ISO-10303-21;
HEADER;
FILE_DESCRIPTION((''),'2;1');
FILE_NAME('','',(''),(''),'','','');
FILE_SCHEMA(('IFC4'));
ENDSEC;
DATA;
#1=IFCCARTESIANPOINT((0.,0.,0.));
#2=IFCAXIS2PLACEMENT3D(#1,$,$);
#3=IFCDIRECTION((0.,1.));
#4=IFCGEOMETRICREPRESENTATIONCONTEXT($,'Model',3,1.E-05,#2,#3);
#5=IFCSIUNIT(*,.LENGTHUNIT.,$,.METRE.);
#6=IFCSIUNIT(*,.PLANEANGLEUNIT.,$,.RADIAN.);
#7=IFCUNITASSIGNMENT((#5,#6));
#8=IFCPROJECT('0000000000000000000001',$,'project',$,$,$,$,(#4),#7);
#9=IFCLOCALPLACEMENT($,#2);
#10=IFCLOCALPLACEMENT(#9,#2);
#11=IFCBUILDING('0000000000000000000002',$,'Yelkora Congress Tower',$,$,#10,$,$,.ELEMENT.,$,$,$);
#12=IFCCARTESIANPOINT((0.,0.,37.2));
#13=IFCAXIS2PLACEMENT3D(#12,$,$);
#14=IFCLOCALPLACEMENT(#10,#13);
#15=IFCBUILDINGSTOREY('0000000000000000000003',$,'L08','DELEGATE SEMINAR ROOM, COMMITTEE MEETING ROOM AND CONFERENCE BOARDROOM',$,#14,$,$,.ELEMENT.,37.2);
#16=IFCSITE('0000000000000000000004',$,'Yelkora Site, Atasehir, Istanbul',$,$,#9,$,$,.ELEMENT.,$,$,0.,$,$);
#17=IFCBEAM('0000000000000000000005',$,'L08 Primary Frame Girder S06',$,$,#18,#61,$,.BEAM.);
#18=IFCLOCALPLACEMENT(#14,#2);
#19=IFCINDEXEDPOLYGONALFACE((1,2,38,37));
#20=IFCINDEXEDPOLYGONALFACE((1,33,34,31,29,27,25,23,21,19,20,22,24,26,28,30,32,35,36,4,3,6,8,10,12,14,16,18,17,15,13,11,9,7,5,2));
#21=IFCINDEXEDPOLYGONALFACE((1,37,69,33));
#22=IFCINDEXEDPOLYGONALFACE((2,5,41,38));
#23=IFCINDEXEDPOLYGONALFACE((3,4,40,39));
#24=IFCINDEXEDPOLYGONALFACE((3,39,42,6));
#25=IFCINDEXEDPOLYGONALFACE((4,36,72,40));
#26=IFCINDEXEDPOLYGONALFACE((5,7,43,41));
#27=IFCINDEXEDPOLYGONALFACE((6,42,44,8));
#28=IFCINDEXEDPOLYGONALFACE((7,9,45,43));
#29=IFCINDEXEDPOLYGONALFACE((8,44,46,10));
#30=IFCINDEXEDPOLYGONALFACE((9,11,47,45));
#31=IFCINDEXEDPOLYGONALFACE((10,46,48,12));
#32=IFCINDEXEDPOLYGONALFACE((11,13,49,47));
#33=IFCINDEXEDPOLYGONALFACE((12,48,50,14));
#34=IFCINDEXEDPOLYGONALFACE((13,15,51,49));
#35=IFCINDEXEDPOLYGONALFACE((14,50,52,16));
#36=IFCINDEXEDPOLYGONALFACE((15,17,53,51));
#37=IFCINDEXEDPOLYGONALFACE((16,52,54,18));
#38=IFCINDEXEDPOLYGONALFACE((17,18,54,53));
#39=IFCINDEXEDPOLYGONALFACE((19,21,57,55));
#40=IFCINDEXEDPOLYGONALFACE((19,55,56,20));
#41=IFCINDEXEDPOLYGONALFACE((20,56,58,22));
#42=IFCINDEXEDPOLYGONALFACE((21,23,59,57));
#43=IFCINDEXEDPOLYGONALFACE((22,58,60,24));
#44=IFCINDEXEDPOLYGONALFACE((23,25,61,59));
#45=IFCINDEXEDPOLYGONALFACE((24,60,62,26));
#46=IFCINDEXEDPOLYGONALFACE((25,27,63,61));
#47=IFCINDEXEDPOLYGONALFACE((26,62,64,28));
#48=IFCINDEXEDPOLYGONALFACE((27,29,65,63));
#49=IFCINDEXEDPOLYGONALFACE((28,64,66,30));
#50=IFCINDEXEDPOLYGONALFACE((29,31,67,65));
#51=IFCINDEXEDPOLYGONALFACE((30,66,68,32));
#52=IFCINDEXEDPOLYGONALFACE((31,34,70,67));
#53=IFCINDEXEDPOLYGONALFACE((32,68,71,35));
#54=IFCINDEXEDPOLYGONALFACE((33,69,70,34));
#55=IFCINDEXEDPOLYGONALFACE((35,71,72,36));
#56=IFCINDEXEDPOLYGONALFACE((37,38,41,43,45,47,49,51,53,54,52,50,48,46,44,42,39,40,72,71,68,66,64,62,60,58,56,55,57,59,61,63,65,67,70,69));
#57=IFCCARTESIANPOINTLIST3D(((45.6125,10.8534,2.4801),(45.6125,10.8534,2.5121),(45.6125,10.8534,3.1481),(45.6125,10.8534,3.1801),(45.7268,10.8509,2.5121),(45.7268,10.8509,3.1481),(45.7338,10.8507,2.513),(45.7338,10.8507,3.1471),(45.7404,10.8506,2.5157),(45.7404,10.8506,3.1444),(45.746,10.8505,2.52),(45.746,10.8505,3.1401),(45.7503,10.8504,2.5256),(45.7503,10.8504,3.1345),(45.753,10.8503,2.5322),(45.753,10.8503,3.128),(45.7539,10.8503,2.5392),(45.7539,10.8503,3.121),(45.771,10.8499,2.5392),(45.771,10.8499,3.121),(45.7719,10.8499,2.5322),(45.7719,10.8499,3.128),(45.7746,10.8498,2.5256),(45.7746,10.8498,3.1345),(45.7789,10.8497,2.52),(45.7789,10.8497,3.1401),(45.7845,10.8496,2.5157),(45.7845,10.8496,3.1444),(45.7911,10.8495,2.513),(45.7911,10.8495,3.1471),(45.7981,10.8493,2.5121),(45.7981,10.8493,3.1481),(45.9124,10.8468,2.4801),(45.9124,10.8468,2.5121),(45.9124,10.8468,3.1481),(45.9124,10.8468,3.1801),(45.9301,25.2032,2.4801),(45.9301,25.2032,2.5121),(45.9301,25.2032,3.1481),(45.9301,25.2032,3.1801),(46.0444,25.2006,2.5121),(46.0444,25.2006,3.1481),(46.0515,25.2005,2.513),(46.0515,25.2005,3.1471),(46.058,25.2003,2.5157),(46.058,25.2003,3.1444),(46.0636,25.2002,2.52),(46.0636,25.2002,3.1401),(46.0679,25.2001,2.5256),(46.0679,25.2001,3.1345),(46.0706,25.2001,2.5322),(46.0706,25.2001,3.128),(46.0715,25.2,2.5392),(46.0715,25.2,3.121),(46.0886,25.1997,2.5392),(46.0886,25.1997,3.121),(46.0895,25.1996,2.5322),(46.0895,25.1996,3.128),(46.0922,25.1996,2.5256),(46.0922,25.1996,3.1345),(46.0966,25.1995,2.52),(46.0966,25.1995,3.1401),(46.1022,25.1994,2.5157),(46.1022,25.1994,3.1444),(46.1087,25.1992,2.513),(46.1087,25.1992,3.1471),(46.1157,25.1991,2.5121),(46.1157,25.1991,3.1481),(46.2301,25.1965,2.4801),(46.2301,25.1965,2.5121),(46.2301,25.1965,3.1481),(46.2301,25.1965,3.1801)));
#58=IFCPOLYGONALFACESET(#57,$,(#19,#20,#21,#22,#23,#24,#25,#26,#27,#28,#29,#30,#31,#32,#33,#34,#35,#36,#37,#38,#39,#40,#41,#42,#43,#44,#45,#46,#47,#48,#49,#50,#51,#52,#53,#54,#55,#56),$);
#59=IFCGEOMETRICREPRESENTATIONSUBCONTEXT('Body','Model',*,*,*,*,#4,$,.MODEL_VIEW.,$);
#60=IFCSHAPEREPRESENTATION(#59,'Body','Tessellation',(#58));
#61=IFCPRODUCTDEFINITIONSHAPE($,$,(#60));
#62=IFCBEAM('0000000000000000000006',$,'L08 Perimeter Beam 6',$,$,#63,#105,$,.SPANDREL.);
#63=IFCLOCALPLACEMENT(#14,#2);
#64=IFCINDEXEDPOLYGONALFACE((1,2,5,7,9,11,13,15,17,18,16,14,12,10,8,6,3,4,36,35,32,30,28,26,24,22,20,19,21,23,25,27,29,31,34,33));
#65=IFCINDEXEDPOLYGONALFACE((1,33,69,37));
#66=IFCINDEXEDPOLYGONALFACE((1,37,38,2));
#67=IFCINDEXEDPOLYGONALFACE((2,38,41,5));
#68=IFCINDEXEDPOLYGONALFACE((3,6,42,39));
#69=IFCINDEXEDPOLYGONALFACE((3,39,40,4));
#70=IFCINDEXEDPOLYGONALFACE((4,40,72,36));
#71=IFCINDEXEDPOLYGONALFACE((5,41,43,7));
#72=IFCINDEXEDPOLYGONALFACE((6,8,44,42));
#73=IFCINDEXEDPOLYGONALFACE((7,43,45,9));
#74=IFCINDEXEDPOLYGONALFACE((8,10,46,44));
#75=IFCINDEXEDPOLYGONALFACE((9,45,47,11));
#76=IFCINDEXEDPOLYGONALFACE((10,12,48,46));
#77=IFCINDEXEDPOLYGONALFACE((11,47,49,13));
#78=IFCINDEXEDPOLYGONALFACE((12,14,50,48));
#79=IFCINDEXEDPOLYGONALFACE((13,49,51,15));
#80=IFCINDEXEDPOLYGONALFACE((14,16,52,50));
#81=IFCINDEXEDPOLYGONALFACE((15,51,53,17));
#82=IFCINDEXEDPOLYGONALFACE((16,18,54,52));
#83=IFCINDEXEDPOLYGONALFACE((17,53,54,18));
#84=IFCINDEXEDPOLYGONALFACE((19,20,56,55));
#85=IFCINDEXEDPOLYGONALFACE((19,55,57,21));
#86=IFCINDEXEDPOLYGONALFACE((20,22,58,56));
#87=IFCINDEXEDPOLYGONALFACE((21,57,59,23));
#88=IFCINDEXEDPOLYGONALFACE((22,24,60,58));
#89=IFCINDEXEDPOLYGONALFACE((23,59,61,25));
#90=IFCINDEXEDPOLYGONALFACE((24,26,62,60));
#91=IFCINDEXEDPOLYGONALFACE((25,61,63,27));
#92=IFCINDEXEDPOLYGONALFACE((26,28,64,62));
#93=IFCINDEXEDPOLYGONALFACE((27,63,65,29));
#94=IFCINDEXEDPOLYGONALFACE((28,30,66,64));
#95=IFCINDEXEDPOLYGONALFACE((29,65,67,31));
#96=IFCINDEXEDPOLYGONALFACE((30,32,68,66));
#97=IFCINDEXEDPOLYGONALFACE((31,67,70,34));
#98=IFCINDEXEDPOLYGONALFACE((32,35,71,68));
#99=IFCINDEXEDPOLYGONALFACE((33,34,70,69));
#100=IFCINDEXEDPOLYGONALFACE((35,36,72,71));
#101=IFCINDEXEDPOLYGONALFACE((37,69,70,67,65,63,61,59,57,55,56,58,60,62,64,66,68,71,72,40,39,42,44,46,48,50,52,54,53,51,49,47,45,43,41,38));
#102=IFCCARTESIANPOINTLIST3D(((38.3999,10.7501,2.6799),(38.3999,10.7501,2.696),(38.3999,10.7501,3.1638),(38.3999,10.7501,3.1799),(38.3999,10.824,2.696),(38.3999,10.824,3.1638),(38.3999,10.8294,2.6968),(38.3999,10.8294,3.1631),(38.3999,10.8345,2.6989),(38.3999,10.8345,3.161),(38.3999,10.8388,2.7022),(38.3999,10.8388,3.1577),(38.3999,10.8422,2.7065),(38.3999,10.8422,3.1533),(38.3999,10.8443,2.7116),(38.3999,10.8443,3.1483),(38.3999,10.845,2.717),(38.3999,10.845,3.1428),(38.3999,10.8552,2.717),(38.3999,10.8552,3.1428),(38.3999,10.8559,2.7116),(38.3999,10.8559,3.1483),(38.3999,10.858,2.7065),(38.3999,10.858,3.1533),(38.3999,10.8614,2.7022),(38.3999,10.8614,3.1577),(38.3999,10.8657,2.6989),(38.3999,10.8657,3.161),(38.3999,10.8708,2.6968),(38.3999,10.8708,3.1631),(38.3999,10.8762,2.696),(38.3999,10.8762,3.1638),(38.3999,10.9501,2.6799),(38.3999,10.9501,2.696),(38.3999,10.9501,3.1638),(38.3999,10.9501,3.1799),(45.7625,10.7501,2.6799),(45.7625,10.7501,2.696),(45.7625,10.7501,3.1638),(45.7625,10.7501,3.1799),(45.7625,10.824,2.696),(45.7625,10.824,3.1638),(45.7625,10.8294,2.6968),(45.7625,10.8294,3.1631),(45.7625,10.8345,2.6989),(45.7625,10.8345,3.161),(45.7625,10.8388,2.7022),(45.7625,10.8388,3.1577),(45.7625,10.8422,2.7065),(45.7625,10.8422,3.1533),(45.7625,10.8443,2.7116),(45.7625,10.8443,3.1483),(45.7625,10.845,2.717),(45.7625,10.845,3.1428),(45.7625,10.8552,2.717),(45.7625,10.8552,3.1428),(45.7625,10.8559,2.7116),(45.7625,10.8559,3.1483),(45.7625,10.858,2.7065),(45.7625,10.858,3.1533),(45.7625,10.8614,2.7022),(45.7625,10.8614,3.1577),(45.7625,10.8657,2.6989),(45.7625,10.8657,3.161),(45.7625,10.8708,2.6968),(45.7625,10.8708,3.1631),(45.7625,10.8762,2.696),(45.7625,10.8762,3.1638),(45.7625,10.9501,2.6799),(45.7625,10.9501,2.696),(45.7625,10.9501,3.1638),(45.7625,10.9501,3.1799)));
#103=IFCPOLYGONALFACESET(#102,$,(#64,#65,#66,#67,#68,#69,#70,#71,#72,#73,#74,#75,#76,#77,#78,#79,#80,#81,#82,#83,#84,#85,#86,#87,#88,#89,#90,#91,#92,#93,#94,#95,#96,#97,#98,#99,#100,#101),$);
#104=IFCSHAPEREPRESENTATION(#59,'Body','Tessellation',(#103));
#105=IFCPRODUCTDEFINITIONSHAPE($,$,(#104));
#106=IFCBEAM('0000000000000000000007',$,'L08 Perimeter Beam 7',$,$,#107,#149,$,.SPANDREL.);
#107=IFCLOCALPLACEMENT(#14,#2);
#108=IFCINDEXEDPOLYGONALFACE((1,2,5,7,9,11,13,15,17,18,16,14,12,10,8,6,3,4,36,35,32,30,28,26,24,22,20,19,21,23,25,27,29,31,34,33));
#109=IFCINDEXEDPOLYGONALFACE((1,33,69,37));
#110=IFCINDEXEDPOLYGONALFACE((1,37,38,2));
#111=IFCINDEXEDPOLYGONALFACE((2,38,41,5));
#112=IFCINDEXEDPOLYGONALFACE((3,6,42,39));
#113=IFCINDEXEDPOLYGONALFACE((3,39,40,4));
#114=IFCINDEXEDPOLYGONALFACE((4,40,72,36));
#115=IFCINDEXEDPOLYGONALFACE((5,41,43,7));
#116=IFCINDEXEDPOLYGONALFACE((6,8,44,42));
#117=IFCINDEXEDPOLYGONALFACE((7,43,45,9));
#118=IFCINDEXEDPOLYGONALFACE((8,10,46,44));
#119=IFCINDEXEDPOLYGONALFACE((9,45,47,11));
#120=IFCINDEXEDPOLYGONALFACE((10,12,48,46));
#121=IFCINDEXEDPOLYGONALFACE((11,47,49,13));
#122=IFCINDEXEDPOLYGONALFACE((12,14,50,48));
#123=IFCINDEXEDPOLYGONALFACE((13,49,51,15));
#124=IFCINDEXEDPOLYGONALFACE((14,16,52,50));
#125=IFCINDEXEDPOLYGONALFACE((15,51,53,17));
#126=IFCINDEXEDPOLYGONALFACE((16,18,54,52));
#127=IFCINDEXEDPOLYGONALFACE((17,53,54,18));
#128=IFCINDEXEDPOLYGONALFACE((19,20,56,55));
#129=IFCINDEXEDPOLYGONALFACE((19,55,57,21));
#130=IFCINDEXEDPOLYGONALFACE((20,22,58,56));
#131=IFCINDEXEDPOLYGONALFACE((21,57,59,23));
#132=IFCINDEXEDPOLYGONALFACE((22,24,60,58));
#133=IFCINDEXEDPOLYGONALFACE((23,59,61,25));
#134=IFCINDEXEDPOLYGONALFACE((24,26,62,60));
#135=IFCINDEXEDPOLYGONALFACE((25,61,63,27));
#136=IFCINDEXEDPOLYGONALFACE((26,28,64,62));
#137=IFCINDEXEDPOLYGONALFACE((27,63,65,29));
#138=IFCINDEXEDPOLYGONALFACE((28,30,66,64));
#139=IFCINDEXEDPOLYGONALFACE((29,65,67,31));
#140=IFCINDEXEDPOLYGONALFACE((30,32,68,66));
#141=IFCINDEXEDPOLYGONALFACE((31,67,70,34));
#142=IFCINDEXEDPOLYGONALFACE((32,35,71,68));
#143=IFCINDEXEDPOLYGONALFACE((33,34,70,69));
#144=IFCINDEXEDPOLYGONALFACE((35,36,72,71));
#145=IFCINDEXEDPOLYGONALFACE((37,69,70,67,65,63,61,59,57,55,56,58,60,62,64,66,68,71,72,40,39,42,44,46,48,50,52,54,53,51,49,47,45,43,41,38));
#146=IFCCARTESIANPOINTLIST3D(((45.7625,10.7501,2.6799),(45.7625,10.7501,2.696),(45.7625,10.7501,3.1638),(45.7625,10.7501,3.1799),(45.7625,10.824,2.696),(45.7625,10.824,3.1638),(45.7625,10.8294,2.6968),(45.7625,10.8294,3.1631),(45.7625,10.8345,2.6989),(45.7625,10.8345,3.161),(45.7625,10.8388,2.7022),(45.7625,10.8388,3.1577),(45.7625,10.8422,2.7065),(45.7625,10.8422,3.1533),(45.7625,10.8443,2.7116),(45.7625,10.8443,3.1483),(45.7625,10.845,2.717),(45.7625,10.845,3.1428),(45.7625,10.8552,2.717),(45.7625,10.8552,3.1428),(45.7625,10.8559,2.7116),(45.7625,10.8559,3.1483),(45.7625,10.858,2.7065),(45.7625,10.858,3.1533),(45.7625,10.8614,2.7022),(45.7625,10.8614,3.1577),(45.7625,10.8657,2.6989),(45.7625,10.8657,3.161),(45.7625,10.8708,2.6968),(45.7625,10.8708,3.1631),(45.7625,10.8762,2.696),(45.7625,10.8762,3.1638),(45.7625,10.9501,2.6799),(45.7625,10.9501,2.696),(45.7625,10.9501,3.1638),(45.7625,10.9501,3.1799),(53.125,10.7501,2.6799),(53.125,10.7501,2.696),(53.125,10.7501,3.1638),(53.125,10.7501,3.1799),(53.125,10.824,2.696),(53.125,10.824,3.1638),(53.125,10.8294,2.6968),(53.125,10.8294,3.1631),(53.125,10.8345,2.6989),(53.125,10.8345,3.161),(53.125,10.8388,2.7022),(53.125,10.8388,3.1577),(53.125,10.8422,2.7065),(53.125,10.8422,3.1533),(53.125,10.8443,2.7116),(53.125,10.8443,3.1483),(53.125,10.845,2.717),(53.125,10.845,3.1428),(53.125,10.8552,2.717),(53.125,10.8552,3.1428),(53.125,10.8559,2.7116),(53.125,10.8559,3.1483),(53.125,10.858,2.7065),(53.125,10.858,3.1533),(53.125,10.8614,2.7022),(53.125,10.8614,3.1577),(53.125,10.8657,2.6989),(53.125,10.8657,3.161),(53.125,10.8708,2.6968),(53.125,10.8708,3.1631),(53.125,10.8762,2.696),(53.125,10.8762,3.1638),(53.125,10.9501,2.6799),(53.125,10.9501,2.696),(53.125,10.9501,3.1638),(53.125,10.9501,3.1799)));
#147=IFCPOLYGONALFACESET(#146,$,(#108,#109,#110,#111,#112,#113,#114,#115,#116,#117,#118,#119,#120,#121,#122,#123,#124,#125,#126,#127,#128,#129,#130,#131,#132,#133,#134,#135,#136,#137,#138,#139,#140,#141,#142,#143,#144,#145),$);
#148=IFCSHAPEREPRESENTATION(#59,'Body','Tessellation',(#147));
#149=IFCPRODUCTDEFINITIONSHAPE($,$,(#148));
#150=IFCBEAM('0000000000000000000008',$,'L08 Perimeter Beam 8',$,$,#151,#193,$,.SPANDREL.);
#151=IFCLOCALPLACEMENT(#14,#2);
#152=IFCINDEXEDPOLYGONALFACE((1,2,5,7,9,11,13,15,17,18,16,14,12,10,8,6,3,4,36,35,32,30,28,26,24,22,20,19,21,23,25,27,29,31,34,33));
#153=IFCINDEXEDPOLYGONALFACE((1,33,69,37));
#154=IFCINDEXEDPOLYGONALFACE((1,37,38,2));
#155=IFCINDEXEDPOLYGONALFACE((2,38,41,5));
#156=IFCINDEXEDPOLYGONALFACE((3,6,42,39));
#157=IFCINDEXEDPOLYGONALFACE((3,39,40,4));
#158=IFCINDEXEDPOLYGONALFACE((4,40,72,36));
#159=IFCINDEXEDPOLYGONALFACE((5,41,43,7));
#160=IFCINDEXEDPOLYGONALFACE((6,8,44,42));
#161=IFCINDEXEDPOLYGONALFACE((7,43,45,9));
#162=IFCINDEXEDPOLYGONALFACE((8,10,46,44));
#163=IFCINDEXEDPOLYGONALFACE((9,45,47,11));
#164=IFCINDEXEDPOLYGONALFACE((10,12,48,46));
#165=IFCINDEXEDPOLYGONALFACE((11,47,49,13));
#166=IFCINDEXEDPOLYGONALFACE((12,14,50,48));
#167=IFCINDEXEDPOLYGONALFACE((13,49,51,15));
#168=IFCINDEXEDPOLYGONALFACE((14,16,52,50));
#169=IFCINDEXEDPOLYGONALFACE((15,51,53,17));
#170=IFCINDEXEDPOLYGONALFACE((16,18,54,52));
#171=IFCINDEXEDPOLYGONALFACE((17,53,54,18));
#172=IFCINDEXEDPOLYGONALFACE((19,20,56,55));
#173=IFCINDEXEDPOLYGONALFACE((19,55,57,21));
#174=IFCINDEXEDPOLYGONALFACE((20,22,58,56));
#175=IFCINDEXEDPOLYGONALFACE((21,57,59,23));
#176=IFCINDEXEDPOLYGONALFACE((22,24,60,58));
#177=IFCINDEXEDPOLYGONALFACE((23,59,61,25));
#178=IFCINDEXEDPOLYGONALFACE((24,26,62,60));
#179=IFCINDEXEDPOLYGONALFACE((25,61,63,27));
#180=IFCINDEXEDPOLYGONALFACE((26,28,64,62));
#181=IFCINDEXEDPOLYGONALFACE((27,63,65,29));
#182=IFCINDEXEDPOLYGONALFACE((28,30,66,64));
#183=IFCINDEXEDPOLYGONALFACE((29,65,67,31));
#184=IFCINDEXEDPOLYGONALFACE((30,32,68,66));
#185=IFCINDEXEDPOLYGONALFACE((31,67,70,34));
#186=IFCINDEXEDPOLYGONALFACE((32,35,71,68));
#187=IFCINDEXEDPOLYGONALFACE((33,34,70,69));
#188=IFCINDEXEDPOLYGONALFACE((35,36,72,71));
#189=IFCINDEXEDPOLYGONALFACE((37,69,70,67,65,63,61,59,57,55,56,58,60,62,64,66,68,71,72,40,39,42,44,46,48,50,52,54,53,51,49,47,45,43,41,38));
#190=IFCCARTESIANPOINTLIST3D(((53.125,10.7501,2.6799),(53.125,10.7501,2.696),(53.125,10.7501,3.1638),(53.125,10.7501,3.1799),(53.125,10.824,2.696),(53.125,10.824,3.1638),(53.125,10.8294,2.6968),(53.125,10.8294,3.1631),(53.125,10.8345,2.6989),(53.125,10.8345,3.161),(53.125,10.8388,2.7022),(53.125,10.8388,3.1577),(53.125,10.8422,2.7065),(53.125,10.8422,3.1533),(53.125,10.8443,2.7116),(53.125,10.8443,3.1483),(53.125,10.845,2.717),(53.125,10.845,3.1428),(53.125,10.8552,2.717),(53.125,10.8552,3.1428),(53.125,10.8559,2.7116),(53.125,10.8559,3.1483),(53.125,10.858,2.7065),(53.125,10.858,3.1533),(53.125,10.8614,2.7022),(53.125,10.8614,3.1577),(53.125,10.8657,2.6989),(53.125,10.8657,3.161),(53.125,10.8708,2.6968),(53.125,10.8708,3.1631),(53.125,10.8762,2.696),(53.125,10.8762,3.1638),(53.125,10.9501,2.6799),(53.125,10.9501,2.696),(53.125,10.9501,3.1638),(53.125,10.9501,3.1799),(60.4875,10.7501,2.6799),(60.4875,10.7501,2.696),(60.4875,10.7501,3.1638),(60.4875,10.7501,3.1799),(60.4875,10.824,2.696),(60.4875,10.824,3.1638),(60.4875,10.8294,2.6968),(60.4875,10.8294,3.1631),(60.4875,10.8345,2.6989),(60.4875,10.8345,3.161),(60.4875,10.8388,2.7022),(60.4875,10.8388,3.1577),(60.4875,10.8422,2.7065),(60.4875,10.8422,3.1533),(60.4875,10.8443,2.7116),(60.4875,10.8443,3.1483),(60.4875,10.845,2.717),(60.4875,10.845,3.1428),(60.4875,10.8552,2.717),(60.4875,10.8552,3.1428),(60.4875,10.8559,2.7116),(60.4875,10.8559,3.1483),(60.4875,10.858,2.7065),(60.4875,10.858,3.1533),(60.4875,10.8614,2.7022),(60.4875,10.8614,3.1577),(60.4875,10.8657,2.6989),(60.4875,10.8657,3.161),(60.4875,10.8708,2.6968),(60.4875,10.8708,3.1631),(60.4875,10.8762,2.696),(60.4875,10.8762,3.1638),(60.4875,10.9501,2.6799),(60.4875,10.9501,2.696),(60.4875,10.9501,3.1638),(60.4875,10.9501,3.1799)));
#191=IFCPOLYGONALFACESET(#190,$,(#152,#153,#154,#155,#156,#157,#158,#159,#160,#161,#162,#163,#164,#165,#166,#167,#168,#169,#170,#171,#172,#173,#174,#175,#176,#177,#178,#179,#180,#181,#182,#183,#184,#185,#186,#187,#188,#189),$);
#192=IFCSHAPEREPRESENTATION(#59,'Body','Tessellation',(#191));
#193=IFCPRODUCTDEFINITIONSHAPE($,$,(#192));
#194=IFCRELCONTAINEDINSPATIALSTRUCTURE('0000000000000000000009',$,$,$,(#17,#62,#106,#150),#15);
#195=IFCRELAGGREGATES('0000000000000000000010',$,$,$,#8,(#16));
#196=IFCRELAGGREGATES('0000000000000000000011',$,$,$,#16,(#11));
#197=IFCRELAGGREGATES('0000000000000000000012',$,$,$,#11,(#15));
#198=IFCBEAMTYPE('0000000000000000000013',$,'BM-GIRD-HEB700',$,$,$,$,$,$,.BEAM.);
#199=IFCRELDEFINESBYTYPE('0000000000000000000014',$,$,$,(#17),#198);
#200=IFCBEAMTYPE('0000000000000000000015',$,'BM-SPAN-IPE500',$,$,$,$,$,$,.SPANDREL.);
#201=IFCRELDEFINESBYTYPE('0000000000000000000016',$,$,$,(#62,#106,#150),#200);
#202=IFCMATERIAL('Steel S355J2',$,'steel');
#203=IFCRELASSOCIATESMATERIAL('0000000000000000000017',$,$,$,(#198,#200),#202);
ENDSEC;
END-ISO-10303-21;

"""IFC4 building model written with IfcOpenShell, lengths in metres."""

from ifc_helpers import new_model, si_unit, direction, frame, origin, origin_2d, place, context, subcontext, project, spatial, i_section, extrude, material, material_profile, profile_set, type_object, element, save


model = new_model("IFC4")

# Units and contexts
model_context = context("Model", 3, precision=1e-05, world=origin(), true_north=direction((0.0, 1.0)))
body_context = subcontext(model_context, "Body", "Model", "MODEL_VIEW")
ifc_project = project(units=[si_unit("LENGTHUNIT", "METRE"), si_unit("PLANEANGLEUNIT", "RADIAN")], contexts=[model_context])

# Site, building, storey
site_placement = place(None, origin())
site = spatial("IfcSite", under=ifc_project, at=site_placement, Name="Yelkora Site, Atasehir, Istanbul", CompositionType="ELEMENT", RefElevation=0.0)
building_placement = place(site_placement, origin())
building = spatial("IfcBuilding", under=site, at=building_placement, Name="Yelkora Congress Tower", CompositionType="ELEMENT")
storey_placement = place(building_placement, frame((0.0, 0.0, 37.2)))
storey = spatial("IfcBuildingStorey", under=building, at=storey_placement, Name="L08", Description="DELEGATE SEMINAR ROOM, COMMITTEE MEETING ROOM AND CONFERENCE BOARDROOM", CompositionType="ELEMENT", Elevation=37.2)

# Beams
ifc_material_1 = material(Name="Steel S355J2", Category="steel")
ifc_material_profile_1 = material_profile(ifc_material_1, i_section(OverallWidth=0.3, OverallDepth=0.7, WebThickness=0.0171, FlangeThickness=0.032, FilletRadius=0.0271, at=origin_2d()), Name="HEB 700")
ifc_profile_set_1 = profile_set([ifc_material_profile_1], Name="Steel S355J2")
beam_type_1 = type_object("IfcBeamType", Name="BM-GIRD-HEB700", PredefinedType="BEAM", material=ifc_profile_set_1)
beam_1_placement = place(storey_placement, frame((45.7625, 10.8501, 2.8301), z_axis=(0.022129, 0.999755, 0.0), x_axis=(-0.999755, 0.022129, 0.0)))
element("IfcBeam", 1, at=beam_1_placement, inside=storey, type_object=beam_type_1, Name="L08 Primary Frame Girder S06", PredefinedType="BEAM", context=body_context, shape_type="SweptSolid", body=[
    extrude(i_section(OverallWidth=0.3, OverallDepth=0.7, WebThickness=0.0171, FlangeThickness=0.032, FilletRadius=0.0271, at=origin_2d()), origin(), (0.0, 0.0, 1.0), 14.3533),
])
ifc_material_profile_2 = material_profile(ifc_material_1, i_section(OverallWidth=0.2, OverallDepth=0.5, WebThickness=0.0103, FlangeThickness=0.0161, FilletRadius=0.021, at=origin_2d()), Name="IPE 500")
ifc_profile_set_2 = profile_set([ifc_material_profile_2], Name="Steel S355J2")
beam_type_2 = type_object("IfcBeamType", Name="BM-SPAN-IPE500", PredefinedType="SPANDREL", material=ifc_profile_set_2)
for number, where, z_axis, x_axis, name in (
    (2, (38.3999, 10.8501, 2.9299), (1.0, 0.0, 0.0), (0.0, 1.0, 0.0), "L08 Perimeter Beam 6"),
    (3, (45.7625, 10.8501, 2.9299), (1.0, 0.0, 0.0), (0.0, 1.0, 0.0), "L08 Perimeter Beam 7"),
    (4, (53.125, 10.8501, 2.9299), (1.0, 0.0, 0.0), (0.0, 1.0, 0.0), "L08 Perimeter Beam 8"),
):
    element("IfcBeam", number, at=place(storey_placement, frame(where, z_axis=z_axis, x_axis=x_axis)), inside=storey, type_object=beam_type_2, Name=name, PredefinedType="SPANDREL", context=body_context, shape_type="SweptSolid", body=[
        extrude(i_section(OverallWidth=0.2, OverallDepth=0.5, WebThickness=0.0103, FlangeThickness=0.0161, FilletRadius=0.021, at=origin_2d()), origin(), (0.0, 0.0, 1.0), 7.3625),
    ])

save(model, "model.ifc")
